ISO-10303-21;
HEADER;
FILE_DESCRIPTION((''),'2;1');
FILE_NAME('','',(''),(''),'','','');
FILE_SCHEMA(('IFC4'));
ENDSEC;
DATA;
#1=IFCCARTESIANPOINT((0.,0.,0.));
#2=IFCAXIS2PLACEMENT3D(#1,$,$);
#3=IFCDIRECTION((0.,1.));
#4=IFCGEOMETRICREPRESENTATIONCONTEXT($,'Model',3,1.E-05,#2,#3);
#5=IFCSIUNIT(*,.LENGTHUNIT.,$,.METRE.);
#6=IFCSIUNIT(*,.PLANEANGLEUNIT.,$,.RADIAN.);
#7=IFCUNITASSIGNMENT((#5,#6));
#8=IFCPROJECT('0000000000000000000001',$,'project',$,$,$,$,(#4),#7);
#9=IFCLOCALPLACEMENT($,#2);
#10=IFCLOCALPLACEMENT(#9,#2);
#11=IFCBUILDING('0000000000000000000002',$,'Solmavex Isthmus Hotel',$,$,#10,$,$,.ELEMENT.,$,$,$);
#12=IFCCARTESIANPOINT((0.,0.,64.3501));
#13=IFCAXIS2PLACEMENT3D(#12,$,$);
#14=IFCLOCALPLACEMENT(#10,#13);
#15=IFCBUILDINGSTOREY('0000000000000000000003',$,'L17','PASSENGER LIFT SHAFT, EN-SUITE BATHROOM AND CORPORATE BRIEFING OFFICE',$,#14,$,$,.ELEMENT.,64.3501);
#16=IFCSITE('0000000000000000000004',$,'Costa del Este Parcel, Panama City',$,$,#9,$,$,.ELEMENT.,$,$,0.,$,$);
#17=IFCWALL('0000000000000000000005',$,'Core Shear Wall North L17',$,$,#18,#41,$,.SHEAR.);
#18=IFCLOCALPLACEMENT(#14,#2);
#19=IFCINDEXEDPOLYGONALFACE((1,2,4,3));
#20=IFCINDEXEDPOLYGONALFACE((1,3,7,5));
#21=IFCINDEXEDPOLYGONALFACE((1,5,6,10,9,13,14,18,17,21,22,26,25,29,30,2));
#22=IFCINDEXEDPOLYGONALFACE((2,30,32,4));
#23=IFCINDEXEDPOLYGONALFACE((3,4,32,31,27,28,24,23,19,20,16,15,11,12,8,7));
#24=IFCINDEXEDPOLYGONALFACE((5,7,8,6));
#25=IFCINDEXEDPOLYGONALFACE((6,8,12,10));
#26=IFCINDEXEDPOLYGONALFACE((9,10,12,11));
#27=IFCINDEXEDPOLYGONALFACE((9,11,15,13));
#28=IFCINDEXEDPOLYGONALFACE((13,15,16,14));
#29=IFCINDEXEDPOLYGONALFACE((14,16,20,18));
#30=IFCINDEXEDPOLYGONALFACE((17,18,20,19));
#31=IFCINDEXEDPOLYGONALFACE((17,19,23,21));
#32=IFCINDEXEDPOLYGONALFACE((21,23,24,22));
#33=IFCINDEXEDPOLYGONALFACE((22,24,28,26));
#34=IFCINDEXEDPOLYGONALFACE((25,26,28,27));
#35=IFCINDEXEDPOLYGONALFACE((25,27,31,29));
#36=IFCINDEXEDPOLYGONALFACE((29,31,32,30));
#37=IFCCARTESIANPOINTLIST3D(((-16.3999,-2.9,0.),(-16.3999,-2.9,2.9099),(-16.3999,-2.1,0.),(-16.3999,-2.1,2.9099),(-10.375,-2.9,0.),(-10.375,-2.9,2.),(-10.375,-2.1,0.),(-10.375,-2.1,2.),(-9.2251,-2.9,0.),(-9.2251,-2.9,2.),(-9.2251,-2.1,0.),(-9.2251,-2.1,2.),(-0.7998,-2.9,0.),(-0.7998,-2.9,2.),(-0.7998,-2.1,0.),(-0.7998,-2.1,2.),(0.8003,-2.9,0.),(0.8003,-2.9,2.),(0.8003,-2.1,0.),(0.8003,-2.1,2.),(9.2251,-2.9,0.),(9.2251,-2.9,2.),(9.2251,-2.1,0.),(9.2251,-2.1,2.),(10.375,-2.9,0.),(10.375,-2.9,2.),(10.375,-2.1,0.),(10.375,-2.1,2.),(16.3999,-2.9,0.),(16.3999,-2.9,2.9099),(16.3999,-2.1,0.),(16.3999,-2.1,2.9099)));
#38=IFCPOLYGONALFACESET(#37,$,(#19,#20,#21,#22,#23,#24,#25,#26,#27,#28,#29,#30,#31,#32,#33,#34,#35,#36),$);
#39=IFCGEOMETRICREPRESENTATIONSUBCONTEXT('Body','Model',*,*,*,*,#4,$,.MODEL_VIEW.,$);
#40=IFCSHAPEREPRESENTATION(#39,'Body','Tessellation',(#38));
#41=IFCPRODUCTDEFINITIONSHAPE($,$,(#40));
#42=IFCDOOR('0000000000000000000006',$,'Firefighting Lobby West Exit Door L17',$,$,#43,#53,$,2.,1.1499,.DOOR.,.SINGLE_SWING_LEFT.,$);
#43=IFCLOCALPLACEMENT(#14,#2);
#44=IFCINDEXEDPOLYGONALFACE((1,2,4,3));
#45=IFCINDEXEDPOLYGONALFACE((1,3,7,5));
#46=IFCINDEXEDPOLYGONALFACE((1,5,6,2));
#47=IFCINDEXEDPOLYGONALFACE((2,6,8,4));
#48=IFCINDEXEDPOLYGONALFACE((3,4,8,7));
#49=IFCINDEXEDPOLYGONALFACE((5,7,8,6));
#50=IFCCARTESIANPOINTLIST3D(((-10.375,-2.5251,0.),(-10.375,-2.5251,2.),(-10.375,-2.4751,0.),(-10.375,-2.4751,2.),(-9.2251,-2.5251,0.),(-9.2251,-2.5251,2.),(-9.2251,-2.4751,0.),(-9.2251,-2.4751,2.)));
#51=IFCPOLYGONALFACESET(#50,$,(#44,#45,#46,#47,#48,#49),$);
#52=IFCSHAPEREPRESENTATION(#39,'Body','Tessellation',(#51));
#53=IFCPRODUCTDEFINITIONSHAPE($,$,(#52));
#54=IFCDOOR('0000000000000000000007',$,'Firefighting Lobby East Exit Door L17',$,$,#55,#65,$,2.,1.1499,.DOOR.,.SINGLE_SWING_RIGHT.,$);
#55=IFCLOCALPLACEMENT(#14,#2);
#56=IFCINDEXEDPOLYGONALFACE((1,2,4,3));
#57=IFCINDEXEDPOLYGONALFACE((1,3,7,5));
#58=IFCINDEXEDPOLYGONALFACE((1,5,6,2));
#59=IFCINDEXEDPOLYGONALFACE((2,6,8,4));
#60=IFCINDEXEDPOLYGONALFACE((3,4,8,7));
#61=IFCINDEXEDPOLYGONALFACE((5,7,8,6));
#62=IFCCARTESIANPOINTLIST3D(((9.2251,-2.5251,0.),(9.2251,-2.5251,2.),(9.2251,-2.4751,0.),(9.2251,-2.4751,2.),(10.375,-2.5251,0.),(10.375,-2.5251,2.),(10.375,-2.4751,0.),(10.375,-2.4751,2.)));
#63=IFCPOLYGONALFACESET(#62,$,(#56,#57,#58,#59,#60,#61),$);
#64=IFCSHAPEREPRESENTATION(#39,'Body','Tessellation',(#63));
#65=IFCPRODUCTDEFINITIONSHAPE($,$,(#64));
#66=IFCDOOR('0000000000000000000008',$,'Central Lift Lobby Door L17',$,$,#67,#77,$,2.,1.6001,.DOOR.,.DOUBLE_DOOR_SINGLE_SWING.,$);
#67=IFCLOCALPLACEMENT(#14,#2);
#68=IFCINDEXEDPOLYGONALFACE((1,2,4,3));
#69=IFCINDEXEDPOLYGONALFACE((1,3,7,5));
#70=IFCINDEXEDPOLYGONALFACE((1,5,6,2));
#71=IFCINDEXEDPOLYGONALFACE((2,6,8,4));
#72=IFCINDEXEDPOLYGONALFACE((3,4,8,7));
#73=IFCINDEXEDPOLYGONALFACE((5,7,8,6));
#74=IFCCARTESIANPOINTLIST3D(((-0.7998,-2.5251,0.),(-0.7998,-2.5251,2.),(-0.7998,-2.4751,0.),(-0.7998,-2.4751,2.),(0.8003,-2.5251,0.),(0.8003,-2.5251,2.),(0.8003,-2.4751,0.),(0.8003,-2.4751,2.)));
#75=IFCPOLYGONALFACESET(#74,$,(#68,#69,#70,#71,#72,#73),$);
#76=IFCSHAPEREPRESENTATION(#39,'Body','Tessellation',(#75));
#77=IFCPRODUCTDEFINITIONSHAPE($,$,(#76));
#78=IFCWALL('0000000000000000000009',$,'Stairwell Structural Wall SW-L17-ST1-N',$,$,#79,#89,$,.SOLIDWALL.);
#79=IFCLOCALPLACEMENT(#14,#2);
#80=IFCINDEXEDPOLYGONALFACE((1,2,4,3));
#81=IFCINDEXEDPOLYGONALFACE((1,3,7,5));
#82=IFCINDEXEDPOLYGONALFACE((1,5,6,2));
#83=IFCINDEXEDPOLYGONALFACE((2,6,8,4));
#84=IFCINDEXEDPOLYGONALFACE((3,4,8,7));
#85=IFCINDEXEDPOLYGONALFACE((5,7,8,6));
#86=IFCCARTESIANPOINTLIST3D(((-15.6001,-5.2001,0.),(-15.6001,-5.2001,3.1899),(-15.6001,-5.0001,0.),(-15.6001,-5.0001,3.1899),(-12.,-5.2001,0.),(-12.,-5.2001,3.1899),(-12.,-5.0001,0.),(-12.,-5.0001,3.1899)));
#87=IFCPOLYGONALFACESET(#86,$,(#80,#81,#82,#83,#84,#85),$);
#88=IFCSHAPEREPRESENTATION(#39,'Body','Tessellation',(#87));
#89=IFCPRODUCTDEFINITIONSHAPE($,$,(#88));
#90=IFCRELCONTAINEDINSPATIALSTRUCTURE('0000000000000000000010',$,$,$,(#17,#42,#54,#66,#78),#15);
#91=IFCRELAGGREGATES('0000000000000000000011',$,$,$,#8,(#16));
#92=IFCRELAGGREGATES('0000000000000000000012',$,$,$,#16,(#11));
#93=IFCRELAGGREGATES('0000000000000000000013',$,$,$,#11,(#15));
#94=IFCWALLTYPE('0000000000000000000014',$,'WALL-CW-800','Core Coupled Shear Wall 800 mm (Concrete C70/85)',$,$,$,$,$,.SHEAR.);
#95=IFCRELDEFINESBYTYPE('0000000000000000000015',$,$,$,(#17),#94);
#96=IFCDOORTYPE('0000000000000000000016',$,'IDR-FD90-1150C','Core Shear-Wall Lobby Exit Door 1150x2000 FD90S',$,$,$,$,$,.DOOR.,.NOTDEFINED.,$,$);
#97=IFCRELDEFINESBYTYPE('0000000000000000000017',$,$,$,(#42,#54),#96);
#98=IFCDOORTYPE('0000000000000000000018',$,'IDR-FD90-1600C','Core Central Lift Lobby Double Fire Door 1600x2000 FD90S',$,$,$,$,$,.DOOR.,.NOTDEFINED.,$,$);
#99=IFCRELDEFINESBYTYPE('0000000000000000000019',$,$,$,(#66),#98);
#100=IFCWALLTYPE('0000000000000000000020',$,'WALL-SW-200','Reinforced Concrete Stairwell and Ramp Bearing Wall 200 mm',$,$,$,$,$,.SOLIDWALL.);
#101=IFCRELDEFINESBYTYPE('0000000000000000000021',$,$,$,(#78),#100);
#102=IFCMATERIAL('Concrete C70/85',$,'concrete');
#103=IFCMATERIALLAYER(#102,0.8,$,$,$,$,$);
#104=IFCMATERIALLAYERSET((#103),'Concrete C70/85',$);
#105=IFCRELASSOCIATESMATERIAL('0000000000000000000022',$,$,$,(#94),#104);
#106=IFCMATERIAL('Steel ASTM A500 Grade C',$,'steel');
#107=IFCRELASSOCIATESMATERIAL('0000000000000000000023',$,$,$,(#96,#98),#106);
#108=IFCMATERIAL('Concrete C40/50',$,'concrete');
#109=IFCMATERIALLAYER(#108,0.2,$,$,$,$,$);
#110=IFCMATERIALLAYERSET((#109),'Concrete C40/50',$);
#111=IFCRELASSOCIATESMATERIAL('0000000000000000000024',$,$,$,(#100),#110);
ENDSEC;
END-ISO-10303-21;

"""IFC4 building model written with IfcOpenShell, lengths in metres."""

from ifc_helpers import new_model, si_unit, direction, frame, frame_2d, origin, place, context, subcontext, project, spatial, rectangle, extrude, material, layer, layer_set, type_object, element, fill, save


model = new_model("IFC4")

# Units and contexts
model_context = context("Model", 3, precision=1e-05, world=origin(), true_north=direction((0.0, 1.0)))
body_context = subcontext(model_context, "Body", "Model", "MODEL_VIEW")
ifc_project = project(units=[si_unit("LENGTHUNIT", "METRE"), si_unit("PLANEANGLEUNIT", "RADIAN")], contexts=[model_context])

# Site, building, storey
site_placement = place(None, origin())
site = spatial("IfcSite", under=ifc_project, at=site_placement, Name="Costa del Este Parcel, Panama City", CompositionType="ELEMENT", RefElevation=0.0)
building_placement = place(site_placement, origin())
building = spatial("IfcBuilding", under=site, at=building_placement, Name="Solmavex Isthmus Hotel", CompositionType="ELEMENT")
storey_placement = place(building_placement, frame((0.0, 0.0, 64.3501)))
storey = spatial("IfcBuildingStorey", under=building, at=storey_placement, Name="L17", Description="PASSENGER LIFT SHAFT, EN-SUITE BATHROOM AND CORPORATE BRIEFING OFFICE", CompositionType="ELEMENT", Elevation=64.3501)

# Shared definitions
ifc_material_1 = material(Name="Concrete C70/85", Category="concrete")

# Shared definitions
ifc_material_2 = material(Name="Steel ASTM A500 Grade C", Category="steel")

# Wall, openings, doors
ifc_layer_1 = layer(ifc_material_1, 0.8)
ifc_layer_set_1 = layer_set([ifc_layer_1], Name="Concrete C70/85")
wall_type_1 = type_object("IfcWallType", Name="WALL-CW-800", Description="Core Coupled Shear Wall 800 mm (Concrete C70/85)", PredefinedType="SHEAR", material=ifc_layer_set_1)
wall_1_placement = place(storey_placement, frame((-16.3999, -2.5, 0.0), z_axis=(0.0, 0.0, 1.0), x_axis=(1.0, 0.0, 0.0)))
wall_1 = element("IfcWall", 1, at=wall_1_placement, inside=storey, type_object=wall_type_1, Name="Core Shear Wall North L17", PredefinedType="SHEAR", context=body_context, shape_type="SweptSolid", body=[
    extrude(rectangle(XDim=32.7998, YDim=0.8, at=frame_2d((16.3999, 0.0))), origin(), (0.0, 0.0, 1.0), 2.9099),
])
opening_1_placement = place(wall_1_placement, frame((6.0249, 0.0, 0.0)))
opening_1 = element("IfcOpeningElement", 2, at=opening_1_placement, cuts=wall_1, PredefinedType="OPENING", context=body_context, shape_type="SweptSolid", body=[
    extrude(rectangle(XDim=1.1499, YDim=2.0, at=frame_2d((0.575, 1.0))), frame((0.0, 0.4099, 0.0), z_axis=(0.0, -1.0, 0.0), x_axis=(1.0, 0.0, 0.0)), (0.0, 0.0, 1.0), 0.8201),
])
opening_2_placement = place(wall_1_placement, frame((15.6001, 0.0, 0.0)))
opening_2 = element("IfcOpeningElement", 3, at=opening_2_placement, cuts=wall_1, PredefinedType="OPENING", context=body_context, shape_type="SweptSolid", body=[
    extrude(rectangle(XDim=1.6001, YDim=2.0, at=frame_2d((0.8, 1.0))), frame((0.0, 0.4099, 0.0), z_axis=(0.0, -1.0, 0.0), x_axis=(1.0, 0.0, 0.0)), (0.0, 0.0, 1.0), 0.8201),
])
opening_3_placement = place(wall_1_placement, frame((25.625, 0.0, 0.0)))
opening_3 = element("IfcOpeningElement", 4, at=opening_3_placement, cuts=wall_1, PredefinedType="OPENING", context=body_context, shape_type="SweptSolid", body=[
    extrude(rectangle(XDim=1.1499, YDim=2.0, at=frame_2d((0.575, 1.0))), frame((0.0, 0.4099, 0.0), z_axis=(0.0, -1.0, 0.0), x_axis=(1.0, 0.0, 0.0)), (0.0, 0.0, 1.0), 0.8201),
])
door_type_1 = type_object("IfcDoorType", Name="IDR-FD90-1150C", Description="Core Shear-Wall Lobby Exit Door 1150x2000 FD90S", OperationType="NOTDEFINED", PredefinedType="DOOR", material=ifc_material_2)
door_1_placement = place(opening_1_placement, origin())
door_1 = element("IfcDoor", 5, at=door_1_placement, inside=storey, type_object=door_type_1, Name="Firefighting Lobby West Exit Door L17", OperationType="SINGLE_SWING_LEFT", OverallHeight=2.0, OverallWidth=1.1499, PredefinedType="DOOR", context=body_context, shape_type="SweptSolid", body=[
    extrude(rectangle(XDim=1.1499, YDim=2.0, at=frame_2d((0.575, 1.0))), frame((0.0, 0.0249, 0.0), z_axis=(0.0, -1.0, 0.0), x_axis=(1.0, 0.0, 0.0)), (0.0, 0.0, 1.0), 0.05),
])
fill(opening_1, door_1)
door_2_placement = place(opening_3_placement, origin())
door_2 = element("IfcDoor", 6, at=door_2_placement, inside=storey, type_object=door_type_1, Name="Firefighting Lobby East Exit Door L17", OperationType="SINGLE_SWING_RIGHT", OverallHeight=2.0, OverallWidth=1.1499, PredefinedType="DOOR", context=body_context, shape_type="SweptSolid", body=[
    extrude(rectangle(XDim=1.1499, YDim=2.0, at=frame_2d((0.575, 1.0))), frame((0.0, 0.0249, 0.0), z_axis=(0.0, -1.0, 0.0), x_axis=(1.0, 0.0, 0.0)), (0.0, 0.0, 1.0), 0.05),
])
fill(opening_3, door_2)
door_type_2 = type_object("IfcDoorType", Name="IDR-FD90-1600C", Description="Core Central Lift Lobby Double Fire Door 1600x2000 FD90S", OperationType="NOTDEFINED", PredefinedType="DOOR", material=ifc_material_2)
door_3_placement = place(opening_2_placement, origin())
door_3 = element("IfcDoor", 7, at=door_3_placement, inside=storey, type_object=door_type_2, Name="Central Lift Lobby Door L17", OperationType="DOUBLE_DOOR_SINGLE_SWING", OverallHeight=2.0, OverallWidth=1.6001, PredefinedType="DOOR", context=body_context, shape_type="SweptSolid", body=[
    extrude(rectangle(XDim=1.6001, YDim=2.0, at=frame_2d((0.8, 1.0))), frame((0.0, 0.0249, 0.0), z_axis=(0.0, -1.0, 0.0), x_axis=(1.0, 0.0, 0.0)), (0.0, 0.0, 1.0), 0.05),
])
fill(opening_2, door_3)

# Wall
ifc_material_3 = material(Name="Concrete C40/50", Category="concrete")
ifc_layer_2 = layer(ifc_material_3, 0.2)
ifc_layer_set_2 = layer_set([ifc_layer_2], Name="Concrete C40/50")
wall_type_2 = type_object("IfcWallType", Name="WALL-SW-200", Description="Reinforced Concrete Stairwell and Ramp Bearing Wall 200 mm", PredefinedType="SOLIDWALL", material=ifc_layer_set_2)
wall_2_placement = place(storey_placement, frame((-15.6001, -5.1001, 0.0), z_axis=(0.0, 0.0, 1.0), x_axis=(1.0, 0.0, 0.0)))
element("IfcWall", 8, at=wall_2_placement, inside=storey, type_object=wall_type_2, Name="Stairwell Structural Wall SW-L17-ST1-N", PredefinedType="SOLIDWALL", context=body_context, shape_type="SweptSolid", body=[
    extrude(rectangle(XDim=3.6001, YDim=0.2, at=frame_2d((1.8, 0.0))), origin(), (0.0, 0.0, 1.0), 3.1899),
])

save(model, "model.ifc")
